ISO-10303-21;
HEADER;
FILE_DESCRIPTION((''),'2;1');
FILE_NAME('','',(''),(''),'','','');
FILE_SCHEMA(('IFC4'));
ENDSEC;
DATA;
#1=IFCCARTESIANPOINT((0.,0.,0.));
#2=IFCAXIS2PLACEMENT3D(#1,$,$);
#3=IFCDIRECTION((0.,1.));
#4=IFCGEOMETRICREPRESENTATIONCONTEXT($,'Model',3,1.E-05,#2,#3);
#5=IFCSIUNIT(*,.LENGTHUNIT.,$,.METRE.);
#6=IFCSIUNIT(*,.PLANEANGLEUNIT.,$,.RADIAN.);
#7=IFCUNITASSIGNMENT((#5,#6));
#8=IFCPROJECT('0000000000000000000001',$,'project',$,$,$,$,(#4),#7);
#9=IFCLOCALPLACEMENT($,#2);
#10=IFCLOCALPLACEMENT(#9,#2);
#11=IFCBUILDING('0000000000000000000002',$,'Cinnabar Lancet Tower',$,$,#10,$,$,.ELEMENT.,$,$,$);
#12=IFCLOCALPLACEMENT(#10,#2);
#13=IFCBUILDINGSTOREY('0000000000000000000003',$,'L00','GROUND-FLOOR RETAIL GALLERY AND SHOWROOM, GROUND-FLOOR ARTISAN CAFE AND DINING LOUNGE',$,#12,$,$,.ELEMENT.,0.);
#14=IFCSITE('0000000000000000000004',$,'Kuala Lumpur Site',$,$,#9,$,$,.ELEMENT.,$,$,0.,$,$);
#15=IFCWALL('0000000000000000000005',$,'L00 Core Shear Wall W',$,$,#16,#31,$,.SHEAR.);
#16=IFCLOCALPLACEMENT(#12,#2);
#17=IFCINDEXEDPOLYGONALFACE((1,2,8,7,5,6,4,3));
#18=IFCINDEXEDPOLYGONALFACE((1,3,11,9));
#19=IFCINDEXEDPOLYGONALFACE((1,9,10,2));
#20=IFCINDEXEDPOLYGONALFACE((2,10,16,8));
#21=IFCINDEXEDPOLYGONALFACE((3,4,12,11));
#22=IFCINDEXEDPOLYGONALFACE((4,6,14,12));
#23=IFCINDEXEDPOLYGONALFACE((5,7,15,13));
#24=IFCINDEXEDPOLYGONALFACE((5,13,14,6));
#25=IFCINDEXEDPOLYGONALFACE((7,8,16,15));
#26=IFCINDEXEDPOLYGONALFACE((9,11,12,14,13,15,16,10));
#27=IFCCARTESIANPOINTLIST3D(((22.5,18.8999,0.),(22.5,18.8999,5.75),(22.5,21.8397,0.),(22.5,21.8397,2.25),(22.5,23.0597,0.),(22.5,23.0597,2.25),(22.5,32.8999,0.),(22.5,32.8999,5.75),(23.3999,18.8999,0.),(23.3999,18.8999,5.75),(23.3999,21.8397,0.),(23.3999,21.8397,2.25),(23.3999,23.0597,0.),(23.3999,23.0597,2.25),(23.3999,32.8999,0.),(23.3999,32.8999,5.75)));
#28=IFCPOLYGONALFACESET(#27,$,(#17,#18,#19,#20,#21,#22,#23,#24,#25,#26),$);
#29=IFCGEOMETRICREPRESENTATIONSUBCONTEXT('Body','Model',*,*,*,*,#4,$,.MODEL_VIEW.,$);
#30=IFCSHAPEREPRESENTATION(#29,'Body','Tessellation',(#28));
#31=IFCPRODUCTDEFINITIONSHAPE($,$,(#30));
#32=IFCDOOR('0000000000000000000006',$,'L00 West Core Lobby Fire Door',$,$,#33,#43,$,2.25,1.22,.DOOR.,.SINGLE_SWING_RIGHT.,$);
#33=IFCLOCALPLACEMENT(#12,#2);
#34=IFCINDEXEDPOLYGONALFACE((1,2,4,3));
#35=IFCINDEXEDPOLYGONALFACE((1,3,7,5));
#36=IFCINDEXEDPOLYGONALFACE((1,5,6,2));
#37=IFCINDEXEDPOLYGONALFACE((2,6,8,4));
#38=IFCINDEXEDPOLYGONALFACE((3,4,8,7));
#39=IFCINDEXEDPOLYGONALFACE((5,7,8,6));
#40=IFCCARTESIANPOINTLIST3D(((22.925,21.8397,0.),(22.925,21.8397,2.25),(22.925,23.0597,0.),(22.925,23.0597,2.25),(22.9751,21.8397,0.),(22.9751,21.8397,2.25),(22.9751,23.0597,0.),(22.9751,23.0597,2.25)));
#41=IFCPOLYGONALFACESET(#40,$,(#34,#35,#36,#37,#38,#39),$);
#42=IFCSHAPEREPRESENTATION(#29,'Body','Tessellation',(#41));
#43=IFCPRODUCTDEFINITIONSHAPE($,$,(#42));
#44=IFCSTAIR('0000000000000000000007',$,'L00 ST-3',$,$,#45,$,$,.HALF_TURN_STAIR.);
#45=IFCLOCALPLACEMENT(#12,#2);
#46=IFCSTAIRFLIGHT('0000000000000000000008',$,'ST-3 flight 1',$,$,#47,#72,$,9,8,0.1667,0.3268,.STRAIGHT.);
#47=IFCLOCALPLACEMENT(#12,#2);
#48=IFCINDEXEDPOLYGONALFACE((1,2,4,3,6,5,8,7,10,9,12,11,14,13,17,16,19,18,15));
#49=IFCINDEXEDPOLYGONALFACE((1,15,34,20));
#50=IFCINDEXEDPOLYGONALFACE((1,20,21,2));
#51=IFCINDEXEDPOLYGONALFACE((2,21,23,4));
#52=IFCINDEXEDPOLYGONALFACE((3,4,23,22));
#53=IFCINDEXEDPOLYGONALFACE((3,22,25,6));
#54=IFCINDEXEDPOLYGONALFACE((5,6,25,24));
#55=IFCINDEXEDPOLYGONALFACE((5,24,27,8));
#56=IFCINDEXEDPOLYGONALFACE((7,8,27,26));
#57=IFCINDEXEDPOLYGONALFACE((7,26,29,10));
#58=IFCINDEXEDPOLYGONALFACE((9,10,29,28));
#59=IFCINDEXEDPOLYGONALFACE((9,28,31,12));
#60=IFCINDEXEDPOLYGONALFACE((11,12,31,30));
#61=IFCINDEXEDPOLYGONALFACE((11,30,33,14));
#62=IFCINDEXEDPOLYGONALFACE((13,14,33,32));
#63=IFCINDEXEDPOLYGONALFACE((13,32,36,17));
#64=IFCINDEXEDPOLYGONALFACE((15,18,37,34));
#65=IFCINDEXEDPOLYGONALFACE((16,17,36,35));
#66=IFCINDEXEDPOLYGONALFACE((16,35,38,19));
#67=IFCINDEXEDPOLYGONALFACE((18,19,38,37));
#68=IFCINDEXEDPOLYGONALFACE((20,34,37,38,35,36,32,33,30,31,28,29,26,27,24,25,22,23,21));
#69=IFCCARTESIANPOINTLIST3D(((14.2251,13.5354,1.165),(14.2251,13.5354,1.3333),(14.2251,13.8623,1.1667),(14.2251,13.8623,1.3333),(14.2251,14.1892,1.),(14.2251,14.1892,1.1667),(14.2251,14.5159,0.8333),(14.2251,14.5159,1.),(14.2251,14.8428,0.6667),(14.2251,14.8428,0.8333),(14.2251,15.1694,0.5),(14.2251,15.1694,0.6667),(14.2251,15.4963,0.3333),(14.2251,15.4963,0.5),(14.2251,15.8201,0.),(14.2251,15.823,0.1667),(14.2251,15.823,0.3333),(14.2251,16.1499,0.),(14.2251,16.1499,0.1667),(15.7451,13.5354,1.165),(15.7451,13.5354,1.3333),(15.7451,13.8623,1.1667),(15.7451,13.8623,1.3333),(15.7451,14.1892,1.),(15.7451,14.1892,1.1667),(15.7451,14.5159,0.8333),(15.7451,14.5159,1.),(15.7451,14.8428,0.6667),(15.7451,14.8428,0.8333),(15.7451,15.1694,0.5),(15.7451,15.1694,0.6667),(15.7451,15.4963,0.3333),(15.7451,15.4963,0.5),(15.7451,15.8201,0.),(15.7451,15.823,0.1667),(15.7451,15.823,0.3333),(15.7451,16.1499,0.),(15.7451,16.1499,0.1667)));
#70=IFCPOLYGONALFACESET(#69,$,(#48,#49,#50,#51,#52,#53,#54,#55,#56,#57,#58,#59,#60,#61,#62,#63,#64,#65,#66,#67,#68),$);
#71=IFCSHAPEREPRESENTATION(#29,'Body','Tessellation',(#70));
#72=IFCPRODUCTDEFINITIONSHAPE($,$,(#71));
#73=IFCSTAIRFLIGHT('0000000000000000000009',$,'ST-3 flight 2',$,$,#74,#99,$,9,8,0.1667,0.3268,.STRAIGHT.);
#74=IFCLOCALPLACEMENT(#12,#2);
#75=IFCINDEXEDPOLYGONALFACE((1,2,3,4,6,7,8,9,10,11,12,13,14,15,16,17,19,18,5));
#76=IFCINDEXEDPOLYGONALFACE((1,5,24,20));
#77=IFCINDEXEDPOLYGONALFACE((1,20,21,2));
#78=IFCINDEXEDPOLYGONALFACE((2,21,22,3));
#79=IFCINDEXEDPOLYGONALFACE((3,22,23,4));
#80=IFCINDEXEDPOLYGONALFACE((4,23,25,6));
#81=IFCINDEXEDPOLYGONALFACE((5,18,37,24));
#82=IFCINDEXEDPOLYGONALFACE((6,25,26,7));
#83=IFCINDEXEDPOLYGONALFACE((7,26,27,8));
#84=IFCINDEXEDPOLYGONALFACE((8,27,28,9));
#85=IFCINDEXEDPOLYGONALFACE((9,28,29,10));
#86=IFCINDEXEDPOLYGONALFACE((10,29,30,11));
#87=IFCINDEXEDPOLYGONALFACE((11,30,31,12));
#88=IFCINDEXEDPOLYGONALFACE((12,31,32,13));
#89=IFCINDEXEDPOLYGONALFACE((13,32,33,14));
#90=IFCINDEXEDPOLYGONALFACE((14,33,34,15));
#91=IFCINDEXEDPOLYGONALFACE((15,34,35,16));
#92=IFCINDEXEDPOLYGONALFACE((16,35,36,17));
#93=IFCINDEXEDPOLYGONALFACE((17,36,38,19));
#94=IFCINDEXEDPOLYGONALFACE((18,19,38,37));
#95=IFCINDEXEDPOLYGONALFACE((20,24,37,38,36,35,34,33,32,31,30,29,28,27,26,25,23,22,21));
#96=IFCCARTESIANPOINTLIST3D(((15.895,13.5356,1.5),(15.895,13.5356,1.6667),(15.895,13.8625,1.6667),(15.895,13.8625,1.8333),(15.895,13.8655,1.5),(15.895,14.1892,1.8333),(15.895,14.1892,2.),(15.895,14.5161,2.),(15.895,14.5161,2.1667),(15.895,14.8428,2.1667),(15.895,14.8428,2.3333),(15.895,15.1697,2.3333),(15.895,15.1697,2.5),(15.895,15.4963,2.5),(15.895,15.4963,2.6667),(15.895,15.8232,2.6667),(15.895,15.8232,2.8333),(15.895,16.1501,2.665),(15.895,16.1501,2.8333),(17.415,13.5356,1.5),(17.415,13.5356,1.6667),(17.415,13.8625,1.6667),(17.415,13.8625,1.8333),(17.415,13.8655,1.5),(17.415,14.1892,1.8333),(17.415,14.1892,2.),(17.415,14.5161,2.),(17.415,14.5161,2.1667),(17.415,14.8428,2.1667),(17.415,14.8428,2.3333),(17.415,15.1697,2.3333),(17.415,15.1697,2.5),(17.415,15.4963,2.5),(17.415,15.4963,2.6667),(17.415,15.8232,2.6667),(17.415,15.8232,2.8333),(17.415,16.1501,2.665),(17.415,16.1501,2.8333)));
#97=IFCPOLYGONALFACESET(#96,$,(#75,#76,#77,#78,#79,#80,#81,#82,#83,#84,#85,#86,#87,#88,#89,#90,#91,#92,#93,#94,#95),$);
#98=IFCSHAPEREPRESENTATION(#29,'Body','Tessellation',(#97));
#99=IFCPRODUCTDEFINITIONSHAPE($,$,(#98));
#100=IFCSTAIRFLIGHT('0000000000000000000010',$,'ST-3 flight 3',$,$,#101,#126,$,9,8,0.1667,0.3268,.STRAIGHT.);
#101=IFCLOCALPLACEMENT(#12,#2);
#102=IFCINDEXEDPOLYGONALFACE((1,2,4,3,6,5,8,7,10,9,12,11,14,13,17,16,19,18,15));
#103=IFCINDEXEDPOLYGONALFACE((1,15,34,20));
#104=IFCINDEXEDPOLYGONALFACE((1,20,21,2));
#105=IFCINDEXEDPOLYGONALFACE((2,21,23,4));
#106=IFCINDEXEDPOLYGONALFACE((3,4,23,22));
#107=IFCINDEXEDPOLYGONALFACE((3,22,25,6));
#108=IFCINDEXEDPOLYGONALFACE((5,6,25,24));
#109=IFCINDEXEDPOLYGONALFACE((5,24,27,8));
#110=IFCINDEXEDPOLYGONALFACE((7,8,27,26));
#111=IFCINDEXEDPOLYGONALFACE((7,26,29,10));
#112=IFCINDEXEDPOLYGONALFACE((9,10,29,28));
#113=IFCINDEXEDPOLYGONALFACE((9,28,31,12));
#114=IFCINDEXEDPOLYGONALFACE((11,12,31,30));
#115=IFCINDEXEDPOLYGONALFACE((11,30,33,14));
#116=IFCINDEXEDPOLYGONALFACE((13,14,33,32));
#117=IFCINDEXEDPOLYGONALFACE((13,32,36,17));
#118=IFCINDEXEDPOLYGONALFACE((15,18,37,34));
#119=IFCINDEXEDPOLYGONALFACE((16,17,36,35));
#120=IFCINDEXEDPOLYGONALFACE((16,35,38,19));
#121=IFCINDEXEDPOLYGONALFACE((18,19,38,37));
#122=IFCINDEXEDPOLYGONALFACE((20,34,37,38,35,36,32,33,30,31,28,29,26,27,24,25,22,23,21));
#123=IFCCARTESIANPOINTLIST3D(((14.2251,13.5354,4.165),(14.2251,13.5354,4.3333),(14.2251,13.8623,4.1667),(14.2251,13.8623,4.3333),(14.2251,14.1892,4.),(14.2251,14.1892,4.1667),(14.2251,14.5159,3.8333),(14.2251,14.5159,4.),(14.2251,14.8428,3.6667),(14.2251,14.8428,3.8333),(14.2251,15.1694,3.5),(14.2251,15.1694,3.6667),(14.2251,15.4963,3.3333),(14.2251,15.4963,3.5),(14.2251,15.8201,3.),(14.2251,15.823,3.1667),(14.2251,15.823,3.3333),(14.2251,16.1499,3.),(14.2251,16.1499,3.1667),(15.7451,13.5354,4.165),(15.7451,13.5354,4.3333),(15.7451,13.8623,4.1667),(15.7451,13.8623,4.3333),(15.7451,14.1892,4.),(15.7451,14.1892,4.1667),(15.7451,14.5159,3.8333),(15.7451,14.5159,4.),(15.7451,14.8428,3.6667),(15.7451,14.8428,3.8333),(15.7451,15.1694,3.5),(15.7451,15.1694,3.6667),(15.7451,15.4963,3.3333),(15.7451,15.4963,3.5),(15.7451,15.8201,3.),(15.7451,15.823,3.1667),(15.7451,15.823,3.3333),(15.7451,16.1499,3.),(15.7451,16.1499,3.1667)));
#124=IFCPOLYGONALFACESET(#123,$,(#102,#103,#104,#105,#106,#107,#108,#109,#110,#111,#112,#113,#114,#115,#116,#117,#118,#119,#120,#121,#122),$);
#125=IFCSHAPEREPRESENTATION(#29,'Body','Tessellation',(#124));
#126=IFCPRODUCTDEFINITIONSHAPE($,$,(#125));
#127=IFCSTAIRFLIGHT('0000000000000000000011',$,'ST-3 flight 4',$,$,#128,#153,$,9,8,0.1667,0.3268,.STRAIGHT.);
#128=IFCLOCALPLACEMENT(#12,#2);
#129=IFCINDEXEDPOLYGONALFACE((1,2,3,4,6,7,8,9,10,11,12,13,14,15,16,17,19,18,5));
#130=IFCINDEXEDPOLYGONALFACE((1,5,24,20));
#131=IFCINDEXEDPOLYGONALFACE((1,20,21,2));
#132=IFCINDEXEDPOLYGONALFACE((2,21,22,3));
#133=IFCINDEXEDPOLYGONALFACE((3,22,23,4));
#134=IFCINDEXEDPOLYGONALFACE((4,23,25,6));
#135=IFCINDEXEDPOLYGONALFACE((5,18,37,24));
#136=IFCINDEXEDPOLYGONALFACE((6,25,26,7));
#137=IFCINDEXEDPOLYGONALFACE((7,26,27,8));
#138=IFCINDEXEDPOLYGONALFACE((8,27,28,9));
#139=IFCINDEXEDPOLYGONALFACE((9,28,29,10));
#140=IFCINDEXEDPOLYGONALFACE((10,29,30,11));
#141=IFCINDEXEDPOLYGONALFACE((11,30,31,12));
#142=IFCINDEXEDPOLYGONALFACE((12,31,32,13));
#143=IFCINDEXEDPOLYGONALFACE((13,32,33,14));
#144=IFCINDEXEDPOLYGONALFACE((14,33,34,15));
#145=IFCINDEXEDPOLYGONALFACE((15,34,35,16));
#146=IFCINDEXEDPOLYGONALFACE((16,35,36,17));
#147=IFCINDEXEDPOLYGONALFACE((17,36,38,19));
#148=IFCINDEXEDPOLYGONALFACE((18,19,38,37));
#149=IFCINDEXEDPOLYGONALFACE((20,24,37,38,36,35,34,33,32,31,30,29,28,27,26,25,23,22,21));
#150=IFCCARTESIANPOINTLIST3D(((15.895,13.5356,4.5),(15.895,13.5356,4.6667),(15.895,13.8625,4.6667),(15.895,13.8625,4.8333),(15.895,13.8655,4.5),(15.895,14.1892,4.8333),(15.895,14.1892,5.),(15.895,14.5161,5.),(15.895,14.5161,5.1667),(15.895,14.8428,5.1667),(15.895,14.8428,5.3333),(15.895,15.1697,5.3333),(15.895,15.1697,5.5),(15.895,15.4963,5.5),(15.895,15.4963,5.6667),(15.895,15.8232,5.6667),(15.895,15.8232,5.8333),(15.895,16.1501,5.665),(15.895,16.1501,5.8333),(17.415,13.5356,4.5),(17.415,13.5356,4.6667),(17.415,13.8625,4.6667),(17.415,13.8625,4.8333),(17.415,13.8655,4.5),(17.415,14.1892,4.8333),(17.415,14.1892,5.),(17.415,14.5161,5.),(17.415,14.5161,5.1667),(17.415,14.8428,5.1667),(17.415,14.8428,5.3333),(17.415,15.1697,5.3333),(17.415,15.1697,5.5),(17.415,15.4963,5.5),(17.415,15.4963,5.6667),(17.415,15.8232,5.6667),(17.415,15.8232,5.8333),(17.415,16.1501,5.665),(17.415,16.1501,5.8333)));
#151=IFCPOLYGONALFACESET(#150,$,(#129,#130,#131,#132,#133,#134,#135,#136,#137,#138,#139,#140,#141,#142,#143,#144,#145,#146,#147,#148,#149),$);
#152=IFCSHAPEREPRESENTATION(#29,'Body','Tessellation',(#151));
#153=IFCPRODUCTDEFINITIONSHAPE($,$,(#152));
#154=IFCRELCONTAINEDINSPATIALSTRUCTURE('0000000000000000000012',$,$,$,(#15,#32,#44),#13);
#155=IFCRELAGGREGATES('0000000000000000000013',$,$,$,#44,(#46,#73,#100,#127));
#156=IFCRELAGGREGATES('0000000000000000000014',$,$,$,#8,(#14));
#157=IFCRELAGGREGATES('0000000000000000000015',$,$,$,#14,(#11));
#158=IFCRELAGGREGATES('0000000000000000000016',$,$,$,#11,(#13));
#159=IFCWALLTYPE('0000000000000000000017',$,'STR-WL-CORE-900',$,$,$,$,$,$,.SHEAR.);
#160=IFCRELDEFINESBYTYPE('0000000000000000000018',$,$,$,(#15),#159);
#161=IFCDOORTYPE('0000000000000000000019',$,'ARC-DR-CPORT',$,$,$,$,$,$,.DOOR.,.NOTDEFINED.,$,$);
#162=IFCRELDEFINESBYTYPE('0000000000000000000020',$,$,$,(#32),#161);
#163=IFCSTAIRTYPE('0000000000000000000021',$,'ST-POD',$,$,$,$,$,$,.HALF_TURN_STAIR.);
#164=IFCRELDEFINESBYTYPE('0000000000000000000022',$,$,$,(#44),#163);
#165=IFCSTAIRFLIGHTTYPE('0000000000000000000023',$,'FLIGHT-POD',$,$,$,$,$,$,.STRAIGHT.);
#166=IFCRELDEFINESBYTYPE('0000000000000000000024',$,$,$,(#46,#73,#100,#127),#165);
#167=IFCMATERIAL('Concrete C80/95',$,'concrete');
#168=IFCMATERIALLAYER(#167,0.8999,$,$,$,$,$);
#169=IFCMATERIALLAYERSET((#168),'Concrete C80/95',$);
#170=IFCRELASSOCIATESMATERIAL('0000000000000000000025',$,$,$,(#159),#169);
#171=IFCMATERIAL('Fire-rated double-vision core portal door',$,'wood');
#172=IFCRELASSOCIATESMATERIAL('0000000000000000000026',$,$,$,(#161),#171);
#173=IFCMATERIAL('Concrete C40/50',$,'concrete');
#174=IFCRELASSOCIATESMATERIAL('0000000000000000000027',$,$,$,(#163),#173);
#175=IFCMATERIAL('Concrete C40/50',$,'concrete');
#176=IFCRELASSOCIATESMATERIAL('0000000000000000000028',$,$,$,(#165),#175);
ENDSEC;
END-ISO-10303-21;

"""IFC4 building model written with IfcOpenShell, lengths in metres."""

from ifc_helpers import new_model, si_unit, direction, frame, frame_2d, origin, place, context, subcontext, project, spatial, polyline, rectangle, outline, extrude, material, layer, layer_set, type_object, element, fill, aggregate, save


model = new_model("IFC4")

# Units and contexts
model_context = context("Model", 3, precision=1e-05, world=origin(), true_north=direction((0.0, 1.0)))
body_context = subcontext(model_context, "Body", "Model", "MODEL_VIEW")
ifc_project = project(units=[si_unit("LENGTHUNIT", "METRE"), si_unit("PLANEANGLEUNIT", "RADIAN")], contexts=[model_context])

# Site, building, storey
site_placement = place(None, origin())
site = spatial("IfcSite", under=ifc_project, at=site_placement, Name="Kuala Lumpur Site", CompositionType="ELEMENT", RefElevation=0.0)
building_placement = place(site_placement, origin())
building = spatial("IfcBuilding", under=site, at=building_placement, Name="Cinnabar Lancet Tower", CompositionType="ELEMENT")
storey_placement = place(building_placement, origin())
storey = spatial("IfcBuildingStorey", under=building, at=storey_placement, Name="L00", Description="GROUND-FLOOR RETAIL GALLERY AND SHOWROOM, GROUND-FLOOR ARTISAN CAFE AND DINING LOUNGE", CompositionType="ELEMENT", Elevation=0.0)

# Shared definitions
ifc_material_1 = material(Name="Concrete C80/95", Category="concrete")
ifc_layer_1 = layer(ifc_material_1, 0.8999)
ifc_layer_set_1 = layer_set([ifc_layer_1], Name="Concrete C80/95")
wall_type_1 = type_object("IfcWallType", Name="STR-WL-CORE-900", PredefinedType="SHEAR", material=ifc_layer_set_1)

# Wall, opening, door
wall_1_placement = place(storey_placement, frame((22.95, 18.8999, 0.0), z_axis=(0.0, 0.0, 1.0), x_axis=(0.0, 1.0, 0.0)))
wall_1 = element("IfcWall", 1, at=wall_1_placement, inside=storey, type_object=wall_type_1, Name="L00 Core Shear Wall W", PredefinedType="SHEAR", context=body_context, shape_type="SweptSolid", body=[
    extrude(rectangle(XDim=14.0, YDim=0.8999, at=frame_2d((7.0, 0.0))), origin(), (0.0, 0.0, 1.0), 5.75),
])
opening_1_placement = place(wall_1_placement, frame((2.9399, 0.0, 0.0)))
opening_1 = element("IfcOpeningElement", 2, at=opening_1_placement, cuts=wall_1, PredefinedType="OPENING", context=body_context, shape_type="SweptSolid", body=[
    extrude(rectangle(XDim=1.22, YDim=2.25, at=frame_2d((0.6099, 1.125))), frame((0.0, 0.46, 0.0), z_axis=(0.0, -1.0, 0.0), x_axis=(1.0, 0.0, 0.0)), (0.0, 0.0, 1.0), 0.9199),
])
ifc_material_2 = material(Name="Fire-rated double-vision core portal door", Category="wood")
door_type_1 = type_object("IfcDoorType", Name="ARC-DR-CPORT", OperationType="NOTDEFINED", PredefinedType="DOOR", material=ifc_material_2)
door_1_placement = place(opening_1_placement, origin())
door_1 = element("IfcDoor", 3, at=door_1_placement, inside=storey, type_object=door_type_1, Name="L00 West Core Lobby Fire Door", OperationType="SINGLE_SWING_RIGHT", OverallHeight=2.25, OverallWidth=1.22, PredefinedType="DOOR", context=body_context, shape_type="SweptSolid", body=[
    extrude(rectangle(XDim=1.22, YDim=2.25, at=frame_2d((0.6099, 1.125))), frame((0.0, 0.0249, 0.0), z_axis=(0.0, -1.0, 0.0), x_axis=(1.0, 0.0, 0.0)), (0.0, 0.0, 1.0), 0.05),
])
fill(opening_1, door_1)

# Stair, stair flights
ifc_material_3 = material(Name="Concrete C40/50", Category="concrete")
stair_type = type_object("IfcStairType", Name="ST-POD", PredefinedType="HALF_TURN_STAIR", material=ifc_material_3)
stair_placement = place(storey_placement, origin())
stair = element("IfcStair", 4, at=stair_placement, inside=storey, type_object=stair_type, Name="L00 ST-3", PredefinedType="HALF_TURN_STAIR")
ifc_material_4 = material(Name="Concrete C40/50", Category="concrete")
stair_flight_type = type_object("IfcStairFlightType", Name="FLIGHT-POD", PredefinedType="STRAIGHT", material=ifc_material_4)
stair_flight_1_placement = place(storey_placement, frame((14.9851, 16.1499, 0.0), z_axis=(0.0, 0.0, 1.0), x_axis=(0.0, -1.0, 0.0)))
stair_flight_1 = element("IfcStairFlight", 5, at=stair_flight_1_placement, type_object=stair_flight_type, Name="ST-3 flight 1", NumberOfRisers=9, NumberOfTreads=8, PredefinedType="STRAIGHT", RiserHeight=0.1667, TreadLength=0.3268, context=body_context, shape_type="SweptSolid", body=[
    extrude(outline(polyline([(0.0, 0.0), (0.0, 0.1667), (0.3269, 0.1667), (0.3269, 0.3333), (0.6536, 0.3333), (0.6536, 0.5), (0.9805, 0.5), (0.9805, 0.6667), (1.3071, 0.6667), (1.3071, 0.8333), (1.634, 0.8333), (1.634, 1.0), (1.9607, 1.0), (1.9607, 1.1667), (2.2876, 1.1667), (2.2876, 1.3333), (2.6145, 1.3333), (2.6145, 1.5), (2.6145, 1.165), (0.3298, 0.0), (0.0, 0.0)])), frame((0.0, 0.76, 0.0), z_axis=(0.0, -1.0, 0.0), x_axis=(1.0, 0.0, 0.0)), (0.0, 0.0, 1.0), 1.52),
])
stair_flight_2_placement = place(storey_placement, frame((16.655, 13.5356, 1.5), z_axis=(0.0, 0.0, 1.0), x_axis=(0.0, 1.0, 0.0)))
stair_flight_2 = element("IfcStairFlight", 6, at=stair_flight_2_placement, type_object=stair_flight_type, Name="ST-3 flight 2", NumberOfRisers=9, NumberOfTreads=8, PredefinedType="STRAIGHT", RiserHeight=0.1667, TreadLength=0.3268, context=body_context, shape_type="SweptSolid", body=[
    extrude(outline(polyline([(0.0, 0.0), (0.0, 0.1667), (0.3269, 0.1667), (0.3269, 0.3333), (0.6536, 0.3333), (0.6536, 0.5), (0.9805, 0.5), (0.9805, 0.6667), (1.3071, 0.6667), (1.3071, 0.8333), (1.634, 0.8333), (1.634, 1.0), (1.9607, 1.0), (1.9607, 1.1667), (2.2876, 1.1667), (2.2876, 1.3333), (2.6145, 1.3333), (2.6145, 1.5), (2.6145, 1.165), (0.3298, 0.0), (0.0, 0.0)])), frame((0.0, 0.76, 0.0), z_axis=(0.0, -1.0, 0.0), x_axis=(1.0, 0.0, 0.0)), (0.0, 0.0, 1.0), 1.52),
])
stair_flight_3_placement = place(storey_placement, frame((14.9851, 16.1499, 3.0), z_axis=(0.0, 0.0, 1.0), x_axis=(0.0, -1.0, 0.0)))
stair_flight_3 = element("IfcStairFlight", 7, at=stair_flight_3_placement, type_object=stair_flight_type, Name="ST-3 flight 3", NumberOfRisers=9, NumberOfTreads=8, PredefinedType="STRAIGHT", RiserHeight=0.1667, TreadLength=0.3268, context=body_context, shape_type="SweptSolid", body=[
    extrude(outline(polyline([(0.0, 0.0), (0.0, 0.1667), (0.3269, 0.1667), (0.3269, 0.3333), (0.6536, 0.3333), (0.6536, 0.5), (0.9805, 0.5), (0.9805, 0.6667), (1.3071, 0.6667), (1.3071, 0.8333), (1.634, 0.8333), (1.634, 1.0), (1.9607, 1.0), (1.9607, 1.1667), (2.2876, 1.1667), (2.2876, 1.3333), (2.6145, 1.3333), (2.6145, 1.5), (2.6145, 1.165), (0.3298, 0.0), (0.0, 0.0)])), frame((0.0, 0.76, 0.0), z_axis=(0.0, -1.0, 0.0), x_axis=(1.0, 0.0, 0.0)), (0.0, 0.0, 1.0), 1.52),
])
stair_flight_4_placement = place(storey_placement, frame((16.655, 13.5356, 4.5), z_axis=(0.0, 0.0, 1.0), x_axis=(0.0, 1.0, 0.0)))
stair_flight_4 = element("IfcStairFlight", 8, at=stair_flight_4_placement, type_object=stair_flight_type, Name="ST-3 flight 4", NumberOfRisers=9, NumberOfTreads=8, PredefinedType="STRAIGHT", RiserHeight=0.1667, TreadLength=0.3268, context=body_context, shape_type="SweptSolid", body=[
    extrude(outline(polyline([(0.0, 0.0), (0.0, 0.1667), (0.3269, 0.1667), (0.3269, 0.3333), (0.6536, 0.3333), (0.6536, 0.5), (0.9805, 0.5), (0.9805, 0.6667), (1.3071, 0.6667), (1.3071, 0.8333), (1.634, 0.8333), (1.634, 1.0), (1.9607, 1.0), (1.9607, 1.1667), (2.2876, 1.1667), (2.2876, 1.3333), (2.6145, 1.3333), (2.6145, 1.5), (2.6145, 1.165), (0.3298, 0.0), (0.0, 0.0)])), frame((0.0, 0.76, 0.0), z_axis=(0.0, -1.0, 0.0), x_axis=(1.0, 0.0, 0.0)), (0.0, 0.0, 1.0), 1.52),
])
aggregate(stair, [stair_flight_1, stair_flight_2, stair_flight_3, stair_flight_4])

save(model, "model.ifc")
